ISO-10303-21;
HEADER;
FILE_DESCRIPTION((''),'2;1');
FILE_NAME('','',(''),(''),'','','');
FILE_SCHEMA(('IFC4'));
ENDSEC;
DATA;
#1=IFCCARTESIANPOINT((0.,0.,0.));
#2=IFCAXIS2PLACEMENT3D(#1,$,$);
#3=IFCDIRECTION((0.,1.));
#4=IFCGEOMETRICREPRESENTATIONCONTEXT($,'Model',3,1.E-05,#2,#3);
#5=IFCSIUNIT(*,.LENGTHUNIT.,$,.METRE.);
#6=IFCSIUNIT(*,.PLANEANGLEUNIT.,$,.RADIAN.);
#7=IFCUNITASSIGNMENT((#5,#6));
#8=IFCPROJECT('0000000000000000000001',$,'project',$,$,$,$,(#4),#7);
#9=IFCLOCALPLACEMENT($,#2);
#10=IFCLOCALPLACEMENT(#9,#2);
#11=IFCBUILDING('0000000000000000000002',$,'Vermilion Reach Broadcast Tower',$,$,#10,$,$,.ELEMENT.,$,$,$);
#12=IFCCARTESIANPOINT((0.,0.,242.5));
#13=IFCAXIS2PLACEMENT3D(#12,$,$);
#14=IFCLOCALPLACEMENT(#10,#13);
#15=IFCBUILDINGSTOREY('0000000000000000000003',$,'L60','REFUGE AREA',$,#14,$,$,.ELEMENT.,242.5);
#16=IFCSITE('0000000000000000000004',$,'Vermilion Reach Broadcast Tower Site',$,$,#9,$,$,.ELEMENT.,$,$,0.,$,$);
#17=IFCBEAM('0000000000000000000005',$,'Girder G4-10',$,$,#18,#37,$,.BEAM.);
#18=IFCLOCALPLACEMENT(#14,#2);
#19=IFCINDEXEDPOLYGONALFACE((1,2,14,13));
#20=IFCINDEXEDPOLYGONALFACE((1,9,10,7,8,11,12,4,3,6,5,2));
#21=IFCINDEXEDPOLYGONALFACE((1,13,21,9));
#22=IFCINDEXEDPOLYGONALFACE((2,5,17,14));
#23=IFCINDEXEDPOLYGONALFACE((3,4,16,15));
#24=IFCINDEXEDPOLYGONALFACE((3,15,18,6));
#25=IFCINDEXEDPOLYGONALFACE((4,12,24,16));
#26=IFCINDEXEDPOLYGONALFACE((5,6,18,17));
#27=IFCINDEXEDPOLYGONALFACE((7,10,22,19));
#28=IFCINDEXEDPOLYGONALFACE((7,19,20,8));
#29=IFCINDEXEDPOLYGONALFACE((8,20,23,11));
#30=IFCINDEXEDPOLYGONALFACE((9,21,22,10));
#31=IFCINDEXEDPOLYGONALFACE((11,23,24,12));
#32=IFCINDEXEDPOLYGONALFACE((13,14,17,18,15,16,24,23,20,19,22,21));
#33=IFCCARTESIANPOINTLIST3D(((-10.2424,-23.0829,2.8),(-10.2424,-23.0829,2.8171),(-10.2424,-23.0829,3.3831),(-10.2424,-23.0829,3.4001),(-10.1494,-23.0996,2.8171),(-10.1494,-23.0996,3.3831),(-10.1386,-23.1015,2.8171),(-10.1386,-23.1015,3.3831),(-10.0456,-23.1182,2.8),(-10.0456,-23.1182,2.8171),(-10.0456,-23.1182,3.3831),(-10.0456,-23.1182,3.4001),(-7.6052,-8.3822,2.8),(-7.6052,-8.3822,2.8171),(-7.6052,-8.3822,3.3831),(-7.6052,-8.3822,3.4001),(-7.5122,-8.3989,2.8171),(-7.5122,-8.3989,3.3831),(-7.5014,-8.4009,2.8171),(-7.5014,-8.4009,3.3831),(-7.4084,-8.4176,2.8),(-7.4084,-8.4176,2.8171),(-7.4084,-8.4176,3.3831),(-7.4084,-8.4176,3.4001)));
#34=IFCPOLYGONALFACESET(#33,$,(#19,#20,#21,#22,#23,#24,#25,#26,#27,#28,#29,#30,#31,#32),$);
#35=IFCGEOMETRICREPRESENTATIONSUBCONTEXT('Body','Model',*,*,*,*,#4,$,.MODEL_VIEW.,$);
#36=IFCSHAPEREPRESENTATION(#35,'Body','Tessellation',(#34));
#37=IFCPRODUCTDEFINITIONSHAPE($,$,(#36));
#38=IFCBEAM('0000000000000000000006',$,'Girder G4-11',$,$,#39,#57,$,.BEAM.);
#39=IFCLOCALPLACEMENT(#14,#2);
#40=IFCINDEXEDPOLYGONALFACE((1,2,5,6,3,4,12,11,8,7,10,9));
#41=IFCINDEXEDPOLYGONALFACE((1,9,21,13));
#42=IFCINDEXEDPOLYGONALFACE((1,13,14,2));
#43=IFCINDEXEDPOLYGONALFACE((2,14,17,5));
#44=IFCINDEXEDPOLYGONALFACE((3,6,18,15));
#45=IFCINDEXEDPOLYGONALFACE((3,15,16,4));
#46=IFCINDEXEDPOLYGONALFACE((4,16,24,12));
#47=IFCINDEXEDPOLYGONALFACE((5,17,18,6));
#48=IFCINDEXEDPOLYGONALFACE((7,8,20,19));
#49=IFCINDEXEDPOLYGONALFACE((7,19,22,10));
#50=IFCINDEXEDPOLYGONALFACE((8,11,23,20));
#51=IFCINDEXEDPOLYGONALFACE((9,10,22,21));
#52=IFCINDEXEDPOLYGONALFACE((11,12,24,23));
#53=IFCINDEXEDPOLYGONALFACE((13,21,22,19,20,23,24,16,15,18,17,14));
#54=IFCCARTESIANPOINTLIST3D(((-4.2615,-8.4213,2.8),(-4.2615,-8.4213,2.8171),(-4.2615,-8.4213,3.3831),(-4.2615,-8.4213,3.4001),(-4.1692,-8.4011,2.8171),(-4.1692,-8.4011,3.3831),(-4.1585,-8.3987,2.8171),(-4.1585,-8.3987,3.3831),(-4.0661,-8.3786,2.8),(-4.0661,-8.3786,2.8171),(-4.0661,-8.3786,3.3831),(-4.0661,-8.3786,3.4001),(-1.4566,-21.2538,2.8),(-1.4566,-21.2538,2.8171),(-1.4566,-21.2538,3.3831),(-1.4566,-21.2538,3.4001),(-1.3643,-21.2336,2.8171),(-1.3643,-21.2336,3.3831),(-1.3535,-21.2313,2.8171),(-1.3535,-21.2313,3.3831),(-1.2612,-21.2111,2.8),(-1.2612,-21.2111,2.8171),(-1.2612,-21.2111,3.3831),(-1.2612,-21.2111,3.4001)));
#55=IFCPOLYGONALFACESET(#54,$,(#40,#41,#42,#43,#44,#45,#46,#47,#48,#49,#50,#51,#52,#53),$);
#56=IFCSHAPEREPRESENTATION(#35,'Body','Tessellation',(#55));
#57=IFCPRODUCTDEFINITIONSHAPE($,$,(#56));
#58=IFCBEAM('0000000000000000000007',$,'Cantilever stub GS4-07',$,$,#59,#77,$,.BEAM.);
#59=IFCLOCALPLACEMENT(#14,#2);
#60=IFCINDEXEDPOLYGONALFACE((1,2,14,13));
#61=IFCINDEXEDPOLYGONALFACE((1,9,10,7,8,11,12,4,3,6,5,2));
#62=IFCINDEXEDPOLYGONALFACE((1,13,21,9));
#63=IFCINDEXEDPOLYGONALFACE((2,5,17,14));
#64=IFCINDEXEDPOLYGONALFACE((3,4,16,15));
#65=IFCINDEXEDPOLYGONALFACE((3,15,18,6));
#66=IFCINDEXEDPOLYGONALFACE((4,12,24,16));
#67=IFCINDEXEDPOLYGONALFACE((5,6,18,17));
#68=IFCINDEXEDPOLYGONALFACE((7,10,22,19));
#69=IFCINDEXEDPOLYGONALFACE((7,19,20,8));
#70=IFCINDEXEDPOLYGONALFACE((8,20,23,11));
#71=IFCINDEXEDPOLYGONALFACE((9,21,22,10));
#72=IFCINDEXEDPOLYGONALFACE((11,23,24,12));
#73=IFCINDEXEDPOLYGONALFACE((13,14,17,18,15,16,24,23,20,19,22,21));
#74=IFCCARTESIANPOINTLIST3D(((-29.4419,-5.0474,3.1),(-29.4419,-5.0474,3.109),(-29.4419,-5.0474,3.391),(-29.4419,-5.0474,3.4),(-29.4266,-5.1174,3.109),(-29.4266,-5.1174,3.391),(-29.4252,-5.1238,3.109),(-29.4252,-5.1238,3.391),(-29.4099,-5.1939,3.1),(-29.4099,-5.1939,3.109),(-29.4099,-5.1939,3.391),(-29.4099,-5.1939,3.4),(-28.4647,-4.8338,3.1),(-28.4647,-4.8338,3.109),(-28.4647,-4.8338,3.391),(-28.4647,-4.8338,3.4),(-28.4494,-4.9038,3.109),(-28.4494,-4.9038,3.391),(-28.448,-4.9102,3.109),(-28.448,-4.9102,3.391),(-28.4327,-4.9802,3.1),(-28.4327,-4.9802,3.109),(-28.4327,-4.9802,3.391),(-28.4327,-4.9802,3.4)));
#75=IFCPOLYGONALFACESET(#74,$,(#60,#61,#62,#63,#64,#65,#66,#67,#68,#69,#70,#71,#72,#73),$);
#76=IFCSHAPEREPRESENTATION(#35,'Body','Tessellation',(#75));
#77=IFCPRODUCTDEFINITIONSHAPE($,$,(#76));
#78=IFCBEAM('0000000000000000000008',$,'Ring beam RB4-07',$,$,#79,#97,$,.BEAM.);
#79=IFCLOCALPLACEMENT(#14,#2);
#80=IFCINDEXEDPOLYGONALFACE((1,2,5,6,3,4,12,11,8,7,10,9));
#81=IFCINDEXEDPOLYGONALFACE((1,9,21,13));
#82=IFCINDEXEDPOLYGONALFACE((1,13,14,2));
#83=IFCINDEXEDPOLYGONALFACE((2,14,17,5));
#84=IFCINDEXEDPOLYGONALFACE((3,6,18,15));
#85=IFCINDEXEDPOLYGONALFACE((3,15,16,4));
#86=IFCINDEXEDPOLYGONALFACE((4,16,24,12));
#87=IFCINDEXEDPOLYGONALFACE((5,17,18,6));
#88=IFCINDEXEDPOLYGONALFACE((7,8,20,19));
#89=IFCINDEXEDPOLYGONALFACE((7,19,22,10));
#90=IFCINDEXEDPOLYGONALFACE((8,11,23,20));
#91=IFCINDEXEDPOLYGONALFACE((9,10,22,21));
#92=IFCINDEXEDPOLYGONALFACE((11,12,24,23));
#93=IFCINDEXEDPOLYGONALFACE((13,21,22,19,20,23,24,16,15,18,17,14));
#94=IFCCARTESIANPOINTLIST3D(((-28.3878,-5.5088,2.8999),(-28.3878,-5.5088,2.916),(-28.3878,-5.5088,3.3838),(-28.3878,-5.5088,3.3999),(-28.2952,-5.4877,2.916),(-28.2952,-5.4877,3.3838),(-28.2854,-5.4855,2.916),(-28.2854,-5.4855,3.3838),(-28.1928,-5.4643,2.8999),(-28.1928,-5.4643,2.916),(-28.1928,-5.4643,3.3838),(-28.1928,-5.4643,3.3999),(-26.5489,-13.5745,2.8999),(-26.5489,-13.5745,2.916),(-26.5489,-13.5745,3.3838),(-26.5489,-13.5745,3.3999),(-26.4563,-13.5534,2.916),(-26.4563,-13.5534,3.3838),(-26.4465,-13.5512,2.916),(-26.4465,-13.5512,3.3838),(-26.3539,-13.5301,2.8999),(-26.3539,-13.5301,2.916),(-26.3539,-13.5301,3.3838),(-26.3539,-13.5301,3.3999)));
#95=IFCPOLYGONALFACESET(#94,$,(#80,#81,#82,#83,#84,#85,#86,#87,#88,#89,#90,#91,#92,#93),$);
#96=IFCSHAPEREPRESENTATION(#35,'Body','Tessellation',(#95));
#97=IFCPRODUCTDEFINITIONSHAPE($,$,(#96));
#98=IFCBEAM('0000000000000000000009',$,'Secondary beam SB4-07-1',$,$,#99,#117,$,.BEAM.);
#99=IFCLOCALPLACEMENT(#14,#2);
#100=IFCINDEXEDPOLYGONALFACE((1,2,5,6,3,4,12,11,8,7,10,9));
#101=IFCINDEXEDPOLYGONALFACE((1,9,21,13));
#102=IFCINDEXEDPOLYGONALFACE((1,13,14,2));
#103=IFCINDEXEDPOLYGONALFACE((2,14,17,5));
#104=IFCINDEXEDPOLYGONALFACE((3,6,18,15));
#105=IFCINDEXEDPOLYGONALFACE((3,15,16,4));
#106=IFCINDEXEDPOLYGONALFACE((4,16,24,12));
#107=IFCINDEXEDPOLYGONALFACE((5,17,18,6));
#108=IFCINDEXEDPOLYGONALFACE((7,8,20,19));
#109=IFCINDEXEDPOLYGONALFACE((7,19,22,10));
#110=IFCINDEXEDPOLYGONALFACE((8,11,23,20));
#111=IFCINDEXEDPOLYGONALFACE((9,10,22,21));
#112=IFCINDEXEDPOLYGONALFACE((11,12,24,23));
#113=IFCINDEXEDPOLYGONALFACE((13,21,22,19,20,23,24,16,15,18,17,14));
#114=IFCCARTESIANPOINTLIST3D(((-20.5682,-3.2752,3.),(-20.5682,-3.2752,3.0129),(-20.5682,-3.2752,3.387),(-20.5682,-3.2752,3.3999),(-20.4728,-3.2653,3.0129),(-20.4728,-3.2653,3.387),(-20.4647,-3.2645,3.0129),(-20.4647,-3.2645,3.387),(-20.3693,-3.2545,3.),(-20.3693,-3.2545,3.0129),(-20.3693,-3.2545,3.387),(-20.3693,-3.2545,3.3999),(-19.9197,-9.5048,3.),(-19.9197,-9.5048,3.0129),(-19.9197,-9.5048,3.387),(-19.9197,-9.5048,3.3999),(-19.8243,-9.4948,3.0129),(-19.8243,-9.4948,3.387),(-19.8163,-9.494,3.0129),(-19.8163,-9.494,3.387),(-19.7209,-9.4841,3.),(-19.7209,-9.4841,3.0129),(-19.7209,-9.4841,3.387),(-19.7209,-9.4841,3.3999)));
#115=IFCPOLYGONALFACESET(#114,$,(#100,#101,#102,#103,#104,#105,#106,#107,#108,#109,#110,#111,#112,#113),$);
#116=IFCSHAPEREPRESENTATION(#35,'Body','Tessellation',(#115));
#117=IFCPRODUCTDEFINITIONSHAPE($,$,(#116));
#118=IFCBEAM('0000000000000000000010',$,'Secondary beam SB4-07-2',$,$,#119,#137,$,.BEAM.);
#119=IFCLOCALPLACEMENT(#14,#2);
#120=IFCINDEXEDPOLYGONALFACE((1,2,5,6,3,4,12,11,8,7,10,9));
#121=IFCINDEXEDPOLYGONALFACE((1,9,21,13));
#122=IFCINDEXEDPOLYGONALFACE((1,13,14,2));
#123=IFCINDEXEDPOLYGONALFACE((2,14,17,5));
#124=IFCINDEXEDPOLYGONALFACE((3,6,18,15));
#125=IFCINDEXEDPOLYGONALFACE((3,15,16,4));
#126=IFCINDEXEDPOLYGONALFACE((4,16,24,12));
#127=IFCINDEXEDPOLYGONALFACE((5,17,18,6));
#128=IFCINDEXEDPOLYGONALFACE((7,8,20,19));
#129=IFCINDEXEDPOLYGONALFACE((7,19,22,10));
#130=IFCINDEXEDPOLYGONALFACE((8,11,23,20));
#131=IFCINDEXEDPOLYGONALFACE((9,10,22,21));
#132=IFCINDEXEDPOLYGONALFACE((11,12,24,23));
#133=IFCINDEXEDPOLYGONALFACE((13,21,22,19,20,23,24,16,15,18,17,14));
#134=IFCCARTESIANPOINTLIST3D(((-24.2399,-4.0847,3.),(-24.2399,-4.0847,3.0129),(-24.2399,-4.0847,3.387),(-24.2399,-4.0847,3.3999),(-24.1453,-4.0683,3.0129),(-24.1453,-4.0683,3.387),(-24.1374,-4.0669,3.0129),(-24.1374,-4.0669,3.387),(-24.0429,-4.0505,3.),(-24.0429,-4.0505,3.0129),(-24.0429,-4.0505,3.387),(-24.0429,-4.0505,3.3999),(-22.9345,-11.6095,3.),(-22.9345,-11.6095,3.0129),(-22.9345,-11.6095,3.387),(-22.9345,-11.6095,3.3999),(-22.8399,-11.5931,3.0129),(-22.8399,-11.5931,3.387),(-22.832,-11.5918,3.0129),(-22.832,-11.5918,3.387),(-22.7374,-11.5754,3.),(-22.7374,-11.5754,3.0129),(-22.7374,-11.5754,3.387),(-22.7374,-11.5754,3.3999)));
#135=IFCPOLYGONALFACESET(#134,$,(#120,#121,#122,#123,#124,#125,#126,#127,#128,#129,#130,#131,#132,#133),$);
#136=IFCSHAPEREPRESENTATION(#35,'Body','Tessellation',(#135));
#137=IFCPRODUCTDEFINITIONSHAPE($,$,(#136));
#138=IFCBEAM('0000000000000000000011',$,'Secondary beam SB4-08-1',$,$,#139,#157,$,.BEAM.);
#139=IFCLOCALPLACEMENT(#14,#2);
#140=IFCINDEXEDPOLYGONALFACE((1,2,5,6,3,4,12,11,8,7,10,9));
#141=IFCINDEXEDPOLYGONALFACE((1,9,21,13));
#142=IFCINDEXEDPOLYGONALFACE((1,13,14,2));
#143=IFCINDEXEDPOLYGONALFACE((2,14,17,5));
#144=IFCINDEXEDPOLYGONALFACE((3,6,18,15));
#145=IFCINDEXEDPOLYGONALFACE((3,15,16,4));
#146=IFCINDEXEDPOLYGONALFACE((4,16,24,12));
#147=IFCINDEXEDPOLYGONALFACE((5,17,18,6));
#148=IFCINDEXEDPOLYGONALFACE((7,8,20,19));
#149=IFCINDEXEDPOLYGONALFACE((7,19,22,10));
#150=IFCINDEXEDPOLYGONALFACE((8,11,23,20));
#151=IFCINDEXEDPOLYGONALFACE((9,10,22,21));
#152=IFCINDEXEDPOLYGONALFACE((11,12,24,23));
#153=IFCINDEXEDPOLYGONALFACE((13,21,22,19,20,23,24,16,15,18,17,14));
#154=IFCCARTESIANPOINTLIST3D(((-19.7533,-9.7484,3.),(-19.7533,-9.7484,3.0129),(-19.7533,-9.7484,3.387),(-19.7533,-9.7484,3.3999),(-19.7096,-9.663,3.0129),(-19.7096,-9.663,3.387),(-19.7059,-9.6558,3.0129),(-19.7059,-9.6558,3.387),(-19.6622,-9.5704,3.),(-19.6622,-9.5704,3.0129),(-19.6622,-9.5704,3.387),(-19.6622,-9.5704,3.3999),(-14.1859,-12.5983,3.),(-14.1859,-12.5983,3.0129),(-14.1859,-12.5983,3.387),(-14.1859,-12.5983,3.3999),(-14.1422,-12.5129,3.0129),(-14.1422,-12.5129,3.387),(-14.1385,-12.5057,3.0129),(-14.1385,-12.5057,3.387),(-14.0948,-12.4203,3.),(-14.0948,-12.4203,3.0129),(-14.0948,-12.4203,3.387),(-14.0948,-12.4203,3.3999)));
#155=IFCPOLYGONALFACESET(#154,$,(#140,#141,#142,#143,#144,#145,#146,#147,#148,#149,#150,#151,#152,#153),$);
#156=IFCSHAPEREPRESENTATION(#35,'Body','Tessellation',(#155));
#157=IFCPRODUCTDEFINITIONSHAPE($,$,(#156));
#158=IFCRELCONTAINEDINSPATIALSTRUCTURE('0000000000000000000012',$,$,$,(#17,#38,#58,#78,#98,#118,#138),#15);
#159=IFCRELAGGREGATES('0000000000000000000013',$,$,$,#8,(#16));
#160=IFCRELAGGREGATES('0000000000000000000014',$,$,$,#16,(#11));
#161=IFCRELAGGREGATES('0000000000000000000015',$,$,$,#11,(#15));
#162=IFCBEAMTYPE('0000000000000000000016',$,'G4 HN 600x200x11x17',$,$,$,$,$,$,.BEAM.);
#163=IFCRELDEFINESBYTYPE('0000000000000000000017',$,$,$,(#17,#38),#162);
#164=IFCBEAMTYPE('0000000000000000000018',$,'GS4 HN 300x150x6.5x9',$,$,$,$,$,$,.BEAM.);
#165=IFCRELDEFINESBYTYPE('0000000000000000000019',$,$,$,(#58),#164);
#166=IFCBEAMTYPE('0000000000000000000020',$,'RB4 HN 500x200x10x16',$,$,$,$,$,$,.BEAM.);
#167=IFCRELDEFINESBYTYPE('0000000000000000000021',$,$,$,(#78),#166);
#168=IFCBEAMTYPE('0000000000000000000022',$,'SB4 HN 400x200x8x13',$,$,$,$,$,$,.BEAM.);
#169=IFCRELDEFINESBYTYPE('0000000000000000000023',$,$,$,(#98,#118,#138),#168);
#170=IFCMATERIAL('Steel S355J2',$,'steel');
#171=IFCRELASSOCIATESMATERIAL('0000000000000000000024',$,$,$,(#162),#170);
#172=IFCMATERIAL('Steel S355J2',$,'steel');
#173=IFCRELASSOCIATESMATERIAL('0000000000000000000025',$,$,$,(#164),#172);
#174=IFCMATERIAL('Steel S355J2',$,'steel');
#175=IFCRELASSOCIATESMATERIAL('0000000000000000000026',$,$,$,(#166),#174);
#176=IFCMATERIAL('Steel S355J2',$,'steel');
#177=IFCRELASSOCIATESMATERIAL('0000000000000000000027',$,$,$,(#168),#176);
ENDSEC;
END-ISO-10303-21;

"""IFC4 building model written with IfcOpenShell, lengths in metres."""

from ifc_helpers import new_model, si_unit, direction, frame, origin, origin_2d, place, context, subcontext, project, spatial, i_section, extrude, material, material_profile, profile_set, type_object, element, save


model = new_model("IFC4")

# Units and contexts
model_context = context("Model", 3, precision=1e-05, world=origin(), true_north=direction((0.0, 1.0)))
body_context = subcontext(model_context, "Body", "Model", "MODEL_VIEW")
ifc_project = project(units=[si_unit("LENGTHUNIT", "METRE"), si_unit("PLANEANGLEUNIT", "RADIAN")], contexts=[model_context])

# Site, building, storey
site_placement = place(None, origin())
site = spatial("IfcSite", under=ifc_project, at=site_placement, Name="Vermilion Reach Broadcast Tower Site", CompositionType="ELEMENT", RefElevation=0.0)
building_placement = place(site_placement, origin())
building = spatial("IfcBuilding", under=site, at=building_placement, Name="Vermilion Reach Broadcast Tower", CompositionType="ELEMENT")
storey_placement = place(building_placement, frame((0.0, 0.0, 242.5)))
storey = spatial("IfcBuildingStorey", under=building, at=storey_placement, Name="L60", Description="REFUGE AREA", CompositionType="ELEMENT", Elevation=242.5)

# Beams
ifc_material_1 = material(Name="Steel S355J2", Category="steel")
ifc_material_profile_1 = material_profile(ifc_material_1, i_section(OverallWidth=0.2, OverallDepth=0.6001, WebThickness=0.011, FlangeThickness=0.0171, at=origin_2d()), Name="S355J2 HN 600x200x11x17")
ifc_profile_set_1 = profile_set([ifc_material_profile_1], Name="Steel S355J2")
beam_type_1 = type_object("IfcBeamType", Name="G4 HN 600x200x11x17", PredefinedType="BEAM", material=ifc_profile_set_1)
beam_1_placement = place(storey_placement, frame((-7.5068, -8.3999, 3.1001), z_axis=(-0.176575, -0.984287, 0.0), x_axis=(0.984287, -0.176575, 0.0)))
element("IfcBeam", 1, at=beam_1_placement, inside=storey, type_object=beam_type_1, Name="Girder G4-10", PredefinedType="BEAM", context=body_context, shape_type="SweptSolid", body=[
    extrude(i_section(OverallWidth=0.2, OverallDepth=0.6001, WebThickness=0.011, FlangeThickness=0.0171, at=origin_2d()), origin(), (0.0, 0.0, 1.0), 14.9353),
])
beam_2_placement = place(storey_placement, frame((-4.1638, -8.3999, 3.1001), z_axis=(0.213538, -0.976935, 0.0), x_axis=(0.976935, 0.213538, 0.0)))
element("IfcBeam", 2, at=beam_2_placement, inside=storey, type_object=beam_type_1, Name="Girder G4-11", PredefinedType="BEAM", context=body_context, shape_type="SweptSolid", body=[
    extrude(i_section(OverallWidth=0.2, OverallDepth=0.6001, WebThickness=0.011, FlangeThickness=0.0171, at=origin_2d()), origin(), (0.0, 0.0, 1.0), 13.1355),
])
ifc_material_2 = material(Name="Steel S355J2", Category="steel")
ifc_material_profile_2 = material_profile(ifc_material_2, i_section(OverallWidth=0.1499, OverallDepth=0.3, WebThickness=0.0066, FlangeThickness=0.009, at=origin_2d()), Name="S355J2 HN 300x150x6.5x9")
ifc_profile_set_2 = profile_set([ifc_material_profile_2], Name="Steel S355J2")
beam_type_2 = type_object("IfcBeamType", Name="GS4 HN 300x150x6.5x9", PredefinedType="BEAM", material=ifc_profile_set_2)
beam_3_placement = place(storey_placement, frame((-28.4487, -4.907, 3.25), z_axis=(-0.976922, -0.213595, 0.0), x_axis=(0.213595, -0.976922, 0.0)))
element("IfcBeam", 3, at=beam_3_placement, inside=storey, type_object=beam_type_2, Name="Cantilever stub GS4-07", PredefinedType="BEAM", context=body_context, shape_type="SweptSolid", body=[
    extrude(i_section(OverallWidth=0.1499, OverallDepth=0.3, WebThickness=0.0066, FlangeThickness=0.009, at=origin_2d()), origin(), (0.0, 0.0, 1.0), 1.0002),
])
ifc_material_3 = material(Name="Steel S355J2", Category="steel")
ifc_material_profile_3 = material_profile(ifc_material_3, i_section(OverallWidth=0.2, OverallDepth=0.5, WebThickness=0.01, FlangeThickness=0.0161, at=origin_2d()), Name="S355J2 HN 500x200x10x16")
ifc_profile_set_3 = profile_set([ifc_material_profile_3], Name="Steel S355J2")
beam_type_3 = type_object("IfcBeamType", Name="RB4 HN 500x200x10x16", PredefinedType="BEAM", material=ifc_profile_set_3)
beam_4_placement = place(storey_placement, frame((-28.2903, -5.4866, 3.1499), z_axis=(0.222283, -0.974982, 0.0), x_axis=(0.974982, 0.222283, 0.0)))
element("IfcBeam", 4, at=beam_4_placement, inside=storey, type_object=beam_type_3, Name="Ring beam RB4-07", PredefinedType="BEAM", context=body_context, shape_type="SweptSolid", body=[
    extrude(i_section(OverallWidth=0.2, OverallDepth=0.5, WebThickness=0.01, FlangeThickness=0.0161, at=origin_2d()), origin(), (0.0, 0.0, 1.0), 8.2727),
])
ifc_material_4 = material(Name="Steel S355J2", Category="steel")
ifc_material_profile_4 = material_profile(ifc_material_4, i_section(OverallWidth=0.2, OverallDepth=0.3999, WebThickness=0.0081, FlangeThickness=0.0129, at=origin_2d()), Name="S355J2 HN 400x200x8x13")
ifc_profile_set_4 = profile_set([ifc_material_profile_4], Name="Steel S355J2")
beam_type_4 = type_object("IfcBeamType", Name="SB4 HN 400x200x8x13", PredefinedType="BEAM", material=ifc_profile_set_4)
beam_5_placement = place(storey_placement, frame((-20.4688, -3.2649, 3.2), z_axis=(0.103532, -0.994626, 0.0), x_axis=(0.994626, 0.103532, 0.0)))
element("IfcBeam", 5, at=beam_5_placement, inside=storey, type_object=beam_type_4, Name="Secondary beam SB4-07-1", PredefinedType="BEAM", context=body_context, shape_type="SweptSolid", body=[
    extrude(i_section(OverallWidth=0.2, OverallDepth=0.3999, WebThickness=0.0081, FlangeThickness=0.0129, at=origin_2d()), origin(), (0.0, 0.0, 1.0), 6.2632),
])
beam_6_placement = place(storey_placement, frame((-24.1414, -4.0676, 3.2), z_axis=(0.170927, -0.985284, 0.0), x_axis=(0.985284, 0.170927, 0.0)))
element("IfcBeam", 6, at=beam_6_placement, inside=storey, type_object=beam_type_4, Name="Secondary beam SB4-07-2", PredefinedType="BEAM", context=body_context, shape_type="SweptSolid", body=[
    extrude(i_section(OverallWidth=0.2, OverallDepth=0.3999, WebThickness=0.0081, FlangeThickness=0.0129, at=origin_2d()), origin(), (0.0, 0.0, 1.0), 7.6372),
])
beam_7_placement = place(storey_placement, frame((-19.7078, -9.6594, 3.2), z_axis=(0.890156, -0.455656, 0.0), x_axis=(0.455656, 0.890156, 0.0)))
element("IfcBeam", 7, at=beam_7_placement, inside=storey, type_object=beam_type_4, Name="Secondary beam SB4-08-1", PredefinedType="BEAM", context=body_context, shape_type="SweptSolid", body=[
    extrude(i_section(OverallWidth=0.2, OverallDepth=0.3999, WebThickness=0.0081, FlangeThickness=0.0129, at=origin_2d()), origin(), (0.0, 0.0, 1.0), 6.2544),
])

save(model, "model.ifc")
